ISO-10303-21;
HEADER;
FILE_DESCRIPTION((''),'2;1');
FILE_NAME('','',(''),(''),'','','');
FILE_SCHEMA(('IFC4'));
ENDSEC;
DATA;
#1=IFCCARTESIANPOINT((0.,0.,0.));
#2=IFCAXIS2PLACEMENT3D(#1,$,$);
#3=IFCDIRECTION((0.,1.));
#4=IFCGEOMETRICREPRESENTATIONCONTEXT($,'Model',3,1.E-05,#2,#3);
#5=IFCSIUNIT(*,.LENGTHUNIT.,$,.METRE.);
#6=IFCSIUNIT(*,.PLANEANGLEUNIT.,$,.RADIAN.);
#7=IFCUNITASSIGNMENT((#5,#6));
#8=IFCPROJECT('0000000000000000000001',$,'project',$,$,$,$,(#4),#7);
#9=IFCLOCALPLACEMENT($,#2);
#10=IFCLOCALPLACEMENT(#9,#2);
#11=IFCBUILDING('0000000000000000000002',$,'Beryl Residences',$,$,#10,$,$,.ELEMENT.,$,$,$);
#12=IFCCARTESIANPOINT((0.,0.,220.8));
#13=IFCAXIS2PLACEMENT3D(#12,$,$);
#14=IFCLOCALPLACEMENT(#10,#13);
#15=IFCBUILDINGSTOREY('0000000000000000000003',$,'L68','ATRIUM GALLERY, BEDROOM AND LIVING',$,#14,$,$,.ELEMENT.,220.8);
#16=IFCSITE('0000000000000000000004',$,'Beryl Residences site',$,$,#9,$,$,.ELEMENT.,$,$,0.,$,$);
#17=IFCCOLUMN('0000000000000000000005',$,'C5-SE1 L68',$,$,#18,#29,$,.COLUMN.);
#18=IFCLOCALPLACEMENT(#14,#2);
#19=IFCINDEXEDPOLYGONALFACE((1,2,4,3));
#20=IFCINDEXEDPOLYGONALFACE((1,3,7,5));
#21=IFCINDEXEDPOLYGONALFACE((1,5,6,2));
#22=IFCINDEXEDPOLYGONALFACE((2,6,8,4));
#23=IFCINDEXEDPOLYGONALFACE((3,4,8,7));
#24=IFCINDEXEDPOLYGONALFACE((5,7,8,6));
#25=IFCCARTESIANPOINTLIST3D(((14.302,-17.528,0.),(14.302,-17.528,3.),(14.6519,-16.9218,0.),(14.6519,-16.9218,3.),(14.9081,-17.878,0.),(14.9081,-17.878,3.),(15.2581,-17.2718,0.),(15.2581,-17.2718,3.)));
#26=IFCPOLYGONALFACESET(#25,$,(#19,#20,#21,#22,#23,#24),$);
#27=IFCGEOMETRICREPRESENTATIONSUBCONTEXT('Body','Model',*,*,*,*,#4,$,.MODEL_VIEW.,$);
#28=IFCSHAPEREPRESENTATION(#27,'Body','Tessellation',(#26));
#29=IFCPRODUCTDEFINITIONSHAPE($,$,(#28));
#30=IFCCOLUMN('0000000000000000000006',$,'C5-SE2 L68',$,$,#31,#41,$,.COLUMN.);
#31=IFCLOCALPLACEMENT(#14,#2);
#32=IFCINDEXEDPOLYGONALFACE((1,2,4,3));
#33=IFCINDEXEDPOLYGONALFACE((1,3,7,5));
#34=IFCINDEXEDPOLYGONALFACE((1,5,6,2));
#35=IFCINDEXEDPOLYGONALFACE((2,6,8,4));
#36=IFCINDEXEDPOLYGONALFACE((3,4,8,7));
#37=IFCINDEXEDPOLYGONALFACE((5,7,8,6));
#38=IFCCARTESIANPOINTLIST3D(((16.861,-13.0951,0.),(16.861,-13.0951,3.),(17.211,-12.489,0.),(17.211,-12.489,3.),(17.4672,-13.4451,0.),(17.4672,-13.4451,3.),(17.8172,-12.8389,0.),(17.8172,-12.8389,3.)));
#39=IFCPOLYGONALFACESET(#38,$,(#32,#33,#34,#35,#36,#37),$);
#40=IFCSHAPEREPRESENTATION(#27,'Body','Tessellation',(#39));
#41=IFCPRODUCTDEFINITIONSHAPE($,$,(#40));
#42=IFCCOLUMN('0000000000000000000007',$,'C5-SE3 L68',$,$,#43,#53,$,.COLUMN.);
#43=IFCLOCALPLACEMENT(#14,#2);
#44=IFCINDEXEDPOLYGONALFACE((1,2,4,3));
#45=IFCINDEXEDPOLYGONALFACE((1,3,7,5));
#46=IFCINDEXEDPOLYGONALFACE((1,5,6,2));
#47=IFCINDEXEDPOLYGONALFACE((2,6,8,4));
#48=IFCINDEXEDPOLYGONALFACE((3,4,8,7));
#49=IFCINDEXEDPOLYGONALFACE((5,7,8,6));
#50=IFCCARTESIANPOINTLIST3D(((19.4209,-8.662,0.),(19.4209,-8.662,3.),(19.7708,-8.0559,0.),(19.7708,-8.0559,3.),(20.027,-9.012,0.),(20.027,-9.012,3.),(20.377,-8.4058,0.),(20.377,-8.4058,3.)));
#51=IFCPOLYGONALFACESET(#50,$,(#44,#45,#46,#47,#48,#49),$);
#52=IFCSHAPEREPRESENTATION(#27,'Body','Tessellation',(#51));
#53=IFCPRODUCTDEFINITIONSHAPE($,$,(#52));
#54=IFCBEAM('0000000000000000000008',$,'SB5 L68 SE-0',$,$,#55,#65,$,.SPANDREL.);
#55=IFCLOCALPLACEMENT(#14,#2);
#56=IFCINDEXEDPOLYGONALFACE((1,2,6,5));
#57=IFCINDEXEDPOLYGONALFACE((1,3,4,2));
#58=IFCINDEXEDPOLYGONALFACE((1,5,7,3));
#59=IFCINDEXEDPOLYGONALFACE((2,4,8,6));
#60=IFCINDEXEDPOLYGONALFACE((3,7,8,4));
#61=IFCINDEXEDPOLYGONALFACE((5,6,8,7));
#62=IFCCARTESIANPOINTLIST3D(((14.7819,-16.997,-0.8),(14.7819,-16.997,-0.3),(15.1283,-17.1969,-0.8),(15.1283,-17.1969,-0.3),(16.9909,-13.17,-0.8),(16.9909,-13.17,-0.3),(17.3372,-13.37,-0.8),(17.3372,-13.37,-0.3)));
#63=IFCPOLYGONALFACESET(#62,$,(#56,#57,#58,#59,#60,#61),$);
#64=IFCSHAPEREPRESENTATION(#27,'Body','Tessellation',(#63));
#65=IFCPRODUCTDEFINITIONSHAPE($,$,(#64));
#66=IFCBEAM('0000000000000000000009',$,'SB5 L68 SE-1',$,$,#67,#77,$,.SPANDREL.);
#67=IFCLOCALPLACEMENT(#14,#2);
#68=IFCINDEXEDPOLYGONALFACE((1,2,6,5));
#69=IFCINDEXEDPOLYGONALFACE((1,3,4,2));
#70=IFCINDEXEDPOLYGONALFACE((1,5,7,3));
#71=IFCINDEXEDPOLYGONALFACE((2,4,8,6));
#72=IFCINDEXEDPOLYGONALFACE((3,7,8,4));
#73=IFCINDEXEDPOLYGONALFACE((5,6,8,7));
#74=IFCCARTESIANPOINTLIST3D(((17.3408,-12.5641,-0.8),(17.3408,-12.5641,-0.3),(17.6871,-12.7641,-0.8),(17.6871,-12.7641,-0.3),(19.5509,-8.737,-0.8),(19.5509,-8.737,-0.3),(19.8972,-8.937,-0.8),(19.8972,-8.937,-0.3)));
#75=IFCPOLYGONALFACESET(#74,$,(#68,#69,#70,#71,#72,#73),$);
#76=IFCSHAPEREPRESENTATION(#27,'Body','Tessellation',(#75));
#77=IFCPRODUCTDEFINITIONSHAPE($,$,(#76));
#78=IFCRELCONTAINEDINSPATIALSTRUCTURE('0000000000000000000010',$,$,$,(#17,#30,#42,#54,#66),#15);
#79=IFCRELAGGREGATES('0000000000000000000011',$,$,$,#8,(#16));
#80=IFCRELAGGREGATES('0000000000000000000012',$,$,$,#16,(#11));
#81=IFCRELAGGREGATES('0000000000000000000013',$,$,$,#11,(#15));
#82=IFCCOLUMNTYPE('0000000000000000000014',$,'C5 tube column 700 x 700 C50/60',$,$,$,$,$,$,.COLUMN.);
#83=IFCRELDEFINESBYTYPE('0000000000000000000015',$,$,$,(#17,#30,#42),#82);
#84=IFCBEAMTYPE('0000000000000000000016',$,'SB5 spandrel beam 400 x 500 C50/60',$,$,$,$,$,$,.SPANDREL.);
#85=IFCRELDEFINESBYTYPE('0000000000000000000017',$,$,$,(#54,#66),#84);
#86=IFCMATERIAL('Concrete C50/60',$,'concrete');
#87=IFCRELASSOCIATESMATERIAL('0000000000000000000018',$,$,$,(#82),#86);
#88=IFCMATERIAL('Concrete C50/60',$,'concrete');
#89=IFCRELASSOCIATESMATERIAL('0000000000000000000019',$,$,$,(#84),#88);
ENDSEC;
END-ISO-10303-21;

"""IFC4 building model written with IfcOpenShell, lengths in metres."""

from ifc_helpers import new_model, si_unit, direction, frame, origin, origin_2d, place, context, subcontext, project, spatial, rectangle, extrude, material, material_profile, profile_set, type_object, element, save


model = new_model("IFC4")

# Units and contexts
model_context = context("Model", 3, precision=1e-05, world=origin(), true_north=direction((0.0, 1.0)))
body_context = subcontext(model_context, "Body", "Model", "MODEL_VIEW")
ifc_project = project(units=[si_unit("LENGTHUNIT", "METRE"), si_unit("PLANEANGLEUNIT", "RADIAN")], contexts=[model_context])

# Site, building, storey
site_placement = place(None, origin())
site = spatial("IfcSite", under=ifc_project, at=site_placement, Name="Beryl Residences site", CompositionType="ELEMENT", RefElevation=0.0)
building_placement = place(site_placement, origin())
building = spatial("IfcBuilding", under=site, at=building_placement, Name="Beryl Residences", CompositionType="ELEMENT")
storey_placement = place(building_placement, frame((0.0, 0.0, 220.8)))
storey = spatial("IfcBuildingStorey", under=building, at=storey_placement, Name="L68", Description="ATRIUM GALLERY, BEDROOM AND LIVING", CompositionType="ELEMENT", Elevation=220.8)

# Columns
ifc_material_1 = material(Name="Concrete C50/60", Category="concrete")
ifc_material_profile_1 = material_profile(ifc_material_1, rectangle(XDim=0.7, YDim=0.7, at=origin_2d()))
ifc_profile_set_1 = profile_set([ifc_material_profile_1], Name="Concrete C50/60")
column_type = type_object("IfcColumnType", Name="C5 tube column 700 x 700 C50/60", PredefinedType="COLUMN", material=ifc_profile_set_1)
for number, where, z_axis, x_axis, name in (
    (1, (14.78, -17.3999, 0.0), (0.0, 0.0, 1.0), (0.499985, 0.866034, 0.0), "C5-SE1 L68"),
    (2, (17.3391, -12.967, 0.0), (0.0, 0.0, 1.0), (0.499985, 0.866034, 0.0), "C5-SE2 L68"),
    (3, (19.8989, -8.5339, 0.0), (0.0, 0.0, 1.0), (0.499985, 0.866034, 0.0), "C5-SE3 L68"),
):
    element("IfcColumn", number, at=place(storey_placement, frame(where, z_axis=z_axis, x_axis=x_axis)), inside=storey, type_object=column_type, Name=name, PredefinedType="COLUMN", context=body_context, shape_type="SweptSolid", body=[
        extrude(rectangle(XDim=0.7, YDim=0.7, at=origin_2d()), origin(), (0.0, 0.0, 1.0), 3.0),
    ])

# Beams
ifc_material_2 = material(Name="Concrete C50/60", Category="concrete")
ifc_material_profile_2 = material_profile(ifc_material_2, rectangle(XDim=0.3999, YDim=0.5, at=origin_2d()))
ifc_profile_set_2 = profile_set([ifc_material_profile_2], Name="Concrete C50/60")
beam_type = type_object("IfcBeamType", Name="SB5 spandrel beam 400 x 500 C50/60", PredefinedType="SPANDREL", material=ifc_profile_set_2)
beam_1_placement = place(storey_placement, frame((14.9551, -17.0969, -0.55), z_axis=(0.499919, 0.866072, 0.0), x_axis=(-0.866072, 0.499919, 0.0)))
element("IfcBeam", 4, at=beam_1_placement, inside=storey, type_object=beam_type, Name="SB5 L68 SE-0", PredefinedType="SPANDREL", context=body_context, shape_type="SweptSolid", body=[
    extrude(rectangle(XDim=0.3999, YDim=0.5, at=origin_2d()), origin(), (0.0, 0.0, 1.0), 4.4187),
])
beam_2_placement = place(storey_placement, frame((17.5139, -12.6641, -0.55), z_axis=(0.500102, 0.865967, 0.0), x_axis=(-0.865967, 0.500102, 0.0)))
element("IfcBeam", 5, at=beam_2_placement, inside=storey, type_object=beam_type, Name="SB5 L68 SE-1", PredefinedType="SPANDREL", context=body_context, shape_type="SweptSolid", body=[
    extrude(rectangle(XDim=0.3999, YDim=0.5, at=origin_2d()), origin(), (0.0, 0.0, 1.0), 4.4194),
])

save(model, "model.ifc")
